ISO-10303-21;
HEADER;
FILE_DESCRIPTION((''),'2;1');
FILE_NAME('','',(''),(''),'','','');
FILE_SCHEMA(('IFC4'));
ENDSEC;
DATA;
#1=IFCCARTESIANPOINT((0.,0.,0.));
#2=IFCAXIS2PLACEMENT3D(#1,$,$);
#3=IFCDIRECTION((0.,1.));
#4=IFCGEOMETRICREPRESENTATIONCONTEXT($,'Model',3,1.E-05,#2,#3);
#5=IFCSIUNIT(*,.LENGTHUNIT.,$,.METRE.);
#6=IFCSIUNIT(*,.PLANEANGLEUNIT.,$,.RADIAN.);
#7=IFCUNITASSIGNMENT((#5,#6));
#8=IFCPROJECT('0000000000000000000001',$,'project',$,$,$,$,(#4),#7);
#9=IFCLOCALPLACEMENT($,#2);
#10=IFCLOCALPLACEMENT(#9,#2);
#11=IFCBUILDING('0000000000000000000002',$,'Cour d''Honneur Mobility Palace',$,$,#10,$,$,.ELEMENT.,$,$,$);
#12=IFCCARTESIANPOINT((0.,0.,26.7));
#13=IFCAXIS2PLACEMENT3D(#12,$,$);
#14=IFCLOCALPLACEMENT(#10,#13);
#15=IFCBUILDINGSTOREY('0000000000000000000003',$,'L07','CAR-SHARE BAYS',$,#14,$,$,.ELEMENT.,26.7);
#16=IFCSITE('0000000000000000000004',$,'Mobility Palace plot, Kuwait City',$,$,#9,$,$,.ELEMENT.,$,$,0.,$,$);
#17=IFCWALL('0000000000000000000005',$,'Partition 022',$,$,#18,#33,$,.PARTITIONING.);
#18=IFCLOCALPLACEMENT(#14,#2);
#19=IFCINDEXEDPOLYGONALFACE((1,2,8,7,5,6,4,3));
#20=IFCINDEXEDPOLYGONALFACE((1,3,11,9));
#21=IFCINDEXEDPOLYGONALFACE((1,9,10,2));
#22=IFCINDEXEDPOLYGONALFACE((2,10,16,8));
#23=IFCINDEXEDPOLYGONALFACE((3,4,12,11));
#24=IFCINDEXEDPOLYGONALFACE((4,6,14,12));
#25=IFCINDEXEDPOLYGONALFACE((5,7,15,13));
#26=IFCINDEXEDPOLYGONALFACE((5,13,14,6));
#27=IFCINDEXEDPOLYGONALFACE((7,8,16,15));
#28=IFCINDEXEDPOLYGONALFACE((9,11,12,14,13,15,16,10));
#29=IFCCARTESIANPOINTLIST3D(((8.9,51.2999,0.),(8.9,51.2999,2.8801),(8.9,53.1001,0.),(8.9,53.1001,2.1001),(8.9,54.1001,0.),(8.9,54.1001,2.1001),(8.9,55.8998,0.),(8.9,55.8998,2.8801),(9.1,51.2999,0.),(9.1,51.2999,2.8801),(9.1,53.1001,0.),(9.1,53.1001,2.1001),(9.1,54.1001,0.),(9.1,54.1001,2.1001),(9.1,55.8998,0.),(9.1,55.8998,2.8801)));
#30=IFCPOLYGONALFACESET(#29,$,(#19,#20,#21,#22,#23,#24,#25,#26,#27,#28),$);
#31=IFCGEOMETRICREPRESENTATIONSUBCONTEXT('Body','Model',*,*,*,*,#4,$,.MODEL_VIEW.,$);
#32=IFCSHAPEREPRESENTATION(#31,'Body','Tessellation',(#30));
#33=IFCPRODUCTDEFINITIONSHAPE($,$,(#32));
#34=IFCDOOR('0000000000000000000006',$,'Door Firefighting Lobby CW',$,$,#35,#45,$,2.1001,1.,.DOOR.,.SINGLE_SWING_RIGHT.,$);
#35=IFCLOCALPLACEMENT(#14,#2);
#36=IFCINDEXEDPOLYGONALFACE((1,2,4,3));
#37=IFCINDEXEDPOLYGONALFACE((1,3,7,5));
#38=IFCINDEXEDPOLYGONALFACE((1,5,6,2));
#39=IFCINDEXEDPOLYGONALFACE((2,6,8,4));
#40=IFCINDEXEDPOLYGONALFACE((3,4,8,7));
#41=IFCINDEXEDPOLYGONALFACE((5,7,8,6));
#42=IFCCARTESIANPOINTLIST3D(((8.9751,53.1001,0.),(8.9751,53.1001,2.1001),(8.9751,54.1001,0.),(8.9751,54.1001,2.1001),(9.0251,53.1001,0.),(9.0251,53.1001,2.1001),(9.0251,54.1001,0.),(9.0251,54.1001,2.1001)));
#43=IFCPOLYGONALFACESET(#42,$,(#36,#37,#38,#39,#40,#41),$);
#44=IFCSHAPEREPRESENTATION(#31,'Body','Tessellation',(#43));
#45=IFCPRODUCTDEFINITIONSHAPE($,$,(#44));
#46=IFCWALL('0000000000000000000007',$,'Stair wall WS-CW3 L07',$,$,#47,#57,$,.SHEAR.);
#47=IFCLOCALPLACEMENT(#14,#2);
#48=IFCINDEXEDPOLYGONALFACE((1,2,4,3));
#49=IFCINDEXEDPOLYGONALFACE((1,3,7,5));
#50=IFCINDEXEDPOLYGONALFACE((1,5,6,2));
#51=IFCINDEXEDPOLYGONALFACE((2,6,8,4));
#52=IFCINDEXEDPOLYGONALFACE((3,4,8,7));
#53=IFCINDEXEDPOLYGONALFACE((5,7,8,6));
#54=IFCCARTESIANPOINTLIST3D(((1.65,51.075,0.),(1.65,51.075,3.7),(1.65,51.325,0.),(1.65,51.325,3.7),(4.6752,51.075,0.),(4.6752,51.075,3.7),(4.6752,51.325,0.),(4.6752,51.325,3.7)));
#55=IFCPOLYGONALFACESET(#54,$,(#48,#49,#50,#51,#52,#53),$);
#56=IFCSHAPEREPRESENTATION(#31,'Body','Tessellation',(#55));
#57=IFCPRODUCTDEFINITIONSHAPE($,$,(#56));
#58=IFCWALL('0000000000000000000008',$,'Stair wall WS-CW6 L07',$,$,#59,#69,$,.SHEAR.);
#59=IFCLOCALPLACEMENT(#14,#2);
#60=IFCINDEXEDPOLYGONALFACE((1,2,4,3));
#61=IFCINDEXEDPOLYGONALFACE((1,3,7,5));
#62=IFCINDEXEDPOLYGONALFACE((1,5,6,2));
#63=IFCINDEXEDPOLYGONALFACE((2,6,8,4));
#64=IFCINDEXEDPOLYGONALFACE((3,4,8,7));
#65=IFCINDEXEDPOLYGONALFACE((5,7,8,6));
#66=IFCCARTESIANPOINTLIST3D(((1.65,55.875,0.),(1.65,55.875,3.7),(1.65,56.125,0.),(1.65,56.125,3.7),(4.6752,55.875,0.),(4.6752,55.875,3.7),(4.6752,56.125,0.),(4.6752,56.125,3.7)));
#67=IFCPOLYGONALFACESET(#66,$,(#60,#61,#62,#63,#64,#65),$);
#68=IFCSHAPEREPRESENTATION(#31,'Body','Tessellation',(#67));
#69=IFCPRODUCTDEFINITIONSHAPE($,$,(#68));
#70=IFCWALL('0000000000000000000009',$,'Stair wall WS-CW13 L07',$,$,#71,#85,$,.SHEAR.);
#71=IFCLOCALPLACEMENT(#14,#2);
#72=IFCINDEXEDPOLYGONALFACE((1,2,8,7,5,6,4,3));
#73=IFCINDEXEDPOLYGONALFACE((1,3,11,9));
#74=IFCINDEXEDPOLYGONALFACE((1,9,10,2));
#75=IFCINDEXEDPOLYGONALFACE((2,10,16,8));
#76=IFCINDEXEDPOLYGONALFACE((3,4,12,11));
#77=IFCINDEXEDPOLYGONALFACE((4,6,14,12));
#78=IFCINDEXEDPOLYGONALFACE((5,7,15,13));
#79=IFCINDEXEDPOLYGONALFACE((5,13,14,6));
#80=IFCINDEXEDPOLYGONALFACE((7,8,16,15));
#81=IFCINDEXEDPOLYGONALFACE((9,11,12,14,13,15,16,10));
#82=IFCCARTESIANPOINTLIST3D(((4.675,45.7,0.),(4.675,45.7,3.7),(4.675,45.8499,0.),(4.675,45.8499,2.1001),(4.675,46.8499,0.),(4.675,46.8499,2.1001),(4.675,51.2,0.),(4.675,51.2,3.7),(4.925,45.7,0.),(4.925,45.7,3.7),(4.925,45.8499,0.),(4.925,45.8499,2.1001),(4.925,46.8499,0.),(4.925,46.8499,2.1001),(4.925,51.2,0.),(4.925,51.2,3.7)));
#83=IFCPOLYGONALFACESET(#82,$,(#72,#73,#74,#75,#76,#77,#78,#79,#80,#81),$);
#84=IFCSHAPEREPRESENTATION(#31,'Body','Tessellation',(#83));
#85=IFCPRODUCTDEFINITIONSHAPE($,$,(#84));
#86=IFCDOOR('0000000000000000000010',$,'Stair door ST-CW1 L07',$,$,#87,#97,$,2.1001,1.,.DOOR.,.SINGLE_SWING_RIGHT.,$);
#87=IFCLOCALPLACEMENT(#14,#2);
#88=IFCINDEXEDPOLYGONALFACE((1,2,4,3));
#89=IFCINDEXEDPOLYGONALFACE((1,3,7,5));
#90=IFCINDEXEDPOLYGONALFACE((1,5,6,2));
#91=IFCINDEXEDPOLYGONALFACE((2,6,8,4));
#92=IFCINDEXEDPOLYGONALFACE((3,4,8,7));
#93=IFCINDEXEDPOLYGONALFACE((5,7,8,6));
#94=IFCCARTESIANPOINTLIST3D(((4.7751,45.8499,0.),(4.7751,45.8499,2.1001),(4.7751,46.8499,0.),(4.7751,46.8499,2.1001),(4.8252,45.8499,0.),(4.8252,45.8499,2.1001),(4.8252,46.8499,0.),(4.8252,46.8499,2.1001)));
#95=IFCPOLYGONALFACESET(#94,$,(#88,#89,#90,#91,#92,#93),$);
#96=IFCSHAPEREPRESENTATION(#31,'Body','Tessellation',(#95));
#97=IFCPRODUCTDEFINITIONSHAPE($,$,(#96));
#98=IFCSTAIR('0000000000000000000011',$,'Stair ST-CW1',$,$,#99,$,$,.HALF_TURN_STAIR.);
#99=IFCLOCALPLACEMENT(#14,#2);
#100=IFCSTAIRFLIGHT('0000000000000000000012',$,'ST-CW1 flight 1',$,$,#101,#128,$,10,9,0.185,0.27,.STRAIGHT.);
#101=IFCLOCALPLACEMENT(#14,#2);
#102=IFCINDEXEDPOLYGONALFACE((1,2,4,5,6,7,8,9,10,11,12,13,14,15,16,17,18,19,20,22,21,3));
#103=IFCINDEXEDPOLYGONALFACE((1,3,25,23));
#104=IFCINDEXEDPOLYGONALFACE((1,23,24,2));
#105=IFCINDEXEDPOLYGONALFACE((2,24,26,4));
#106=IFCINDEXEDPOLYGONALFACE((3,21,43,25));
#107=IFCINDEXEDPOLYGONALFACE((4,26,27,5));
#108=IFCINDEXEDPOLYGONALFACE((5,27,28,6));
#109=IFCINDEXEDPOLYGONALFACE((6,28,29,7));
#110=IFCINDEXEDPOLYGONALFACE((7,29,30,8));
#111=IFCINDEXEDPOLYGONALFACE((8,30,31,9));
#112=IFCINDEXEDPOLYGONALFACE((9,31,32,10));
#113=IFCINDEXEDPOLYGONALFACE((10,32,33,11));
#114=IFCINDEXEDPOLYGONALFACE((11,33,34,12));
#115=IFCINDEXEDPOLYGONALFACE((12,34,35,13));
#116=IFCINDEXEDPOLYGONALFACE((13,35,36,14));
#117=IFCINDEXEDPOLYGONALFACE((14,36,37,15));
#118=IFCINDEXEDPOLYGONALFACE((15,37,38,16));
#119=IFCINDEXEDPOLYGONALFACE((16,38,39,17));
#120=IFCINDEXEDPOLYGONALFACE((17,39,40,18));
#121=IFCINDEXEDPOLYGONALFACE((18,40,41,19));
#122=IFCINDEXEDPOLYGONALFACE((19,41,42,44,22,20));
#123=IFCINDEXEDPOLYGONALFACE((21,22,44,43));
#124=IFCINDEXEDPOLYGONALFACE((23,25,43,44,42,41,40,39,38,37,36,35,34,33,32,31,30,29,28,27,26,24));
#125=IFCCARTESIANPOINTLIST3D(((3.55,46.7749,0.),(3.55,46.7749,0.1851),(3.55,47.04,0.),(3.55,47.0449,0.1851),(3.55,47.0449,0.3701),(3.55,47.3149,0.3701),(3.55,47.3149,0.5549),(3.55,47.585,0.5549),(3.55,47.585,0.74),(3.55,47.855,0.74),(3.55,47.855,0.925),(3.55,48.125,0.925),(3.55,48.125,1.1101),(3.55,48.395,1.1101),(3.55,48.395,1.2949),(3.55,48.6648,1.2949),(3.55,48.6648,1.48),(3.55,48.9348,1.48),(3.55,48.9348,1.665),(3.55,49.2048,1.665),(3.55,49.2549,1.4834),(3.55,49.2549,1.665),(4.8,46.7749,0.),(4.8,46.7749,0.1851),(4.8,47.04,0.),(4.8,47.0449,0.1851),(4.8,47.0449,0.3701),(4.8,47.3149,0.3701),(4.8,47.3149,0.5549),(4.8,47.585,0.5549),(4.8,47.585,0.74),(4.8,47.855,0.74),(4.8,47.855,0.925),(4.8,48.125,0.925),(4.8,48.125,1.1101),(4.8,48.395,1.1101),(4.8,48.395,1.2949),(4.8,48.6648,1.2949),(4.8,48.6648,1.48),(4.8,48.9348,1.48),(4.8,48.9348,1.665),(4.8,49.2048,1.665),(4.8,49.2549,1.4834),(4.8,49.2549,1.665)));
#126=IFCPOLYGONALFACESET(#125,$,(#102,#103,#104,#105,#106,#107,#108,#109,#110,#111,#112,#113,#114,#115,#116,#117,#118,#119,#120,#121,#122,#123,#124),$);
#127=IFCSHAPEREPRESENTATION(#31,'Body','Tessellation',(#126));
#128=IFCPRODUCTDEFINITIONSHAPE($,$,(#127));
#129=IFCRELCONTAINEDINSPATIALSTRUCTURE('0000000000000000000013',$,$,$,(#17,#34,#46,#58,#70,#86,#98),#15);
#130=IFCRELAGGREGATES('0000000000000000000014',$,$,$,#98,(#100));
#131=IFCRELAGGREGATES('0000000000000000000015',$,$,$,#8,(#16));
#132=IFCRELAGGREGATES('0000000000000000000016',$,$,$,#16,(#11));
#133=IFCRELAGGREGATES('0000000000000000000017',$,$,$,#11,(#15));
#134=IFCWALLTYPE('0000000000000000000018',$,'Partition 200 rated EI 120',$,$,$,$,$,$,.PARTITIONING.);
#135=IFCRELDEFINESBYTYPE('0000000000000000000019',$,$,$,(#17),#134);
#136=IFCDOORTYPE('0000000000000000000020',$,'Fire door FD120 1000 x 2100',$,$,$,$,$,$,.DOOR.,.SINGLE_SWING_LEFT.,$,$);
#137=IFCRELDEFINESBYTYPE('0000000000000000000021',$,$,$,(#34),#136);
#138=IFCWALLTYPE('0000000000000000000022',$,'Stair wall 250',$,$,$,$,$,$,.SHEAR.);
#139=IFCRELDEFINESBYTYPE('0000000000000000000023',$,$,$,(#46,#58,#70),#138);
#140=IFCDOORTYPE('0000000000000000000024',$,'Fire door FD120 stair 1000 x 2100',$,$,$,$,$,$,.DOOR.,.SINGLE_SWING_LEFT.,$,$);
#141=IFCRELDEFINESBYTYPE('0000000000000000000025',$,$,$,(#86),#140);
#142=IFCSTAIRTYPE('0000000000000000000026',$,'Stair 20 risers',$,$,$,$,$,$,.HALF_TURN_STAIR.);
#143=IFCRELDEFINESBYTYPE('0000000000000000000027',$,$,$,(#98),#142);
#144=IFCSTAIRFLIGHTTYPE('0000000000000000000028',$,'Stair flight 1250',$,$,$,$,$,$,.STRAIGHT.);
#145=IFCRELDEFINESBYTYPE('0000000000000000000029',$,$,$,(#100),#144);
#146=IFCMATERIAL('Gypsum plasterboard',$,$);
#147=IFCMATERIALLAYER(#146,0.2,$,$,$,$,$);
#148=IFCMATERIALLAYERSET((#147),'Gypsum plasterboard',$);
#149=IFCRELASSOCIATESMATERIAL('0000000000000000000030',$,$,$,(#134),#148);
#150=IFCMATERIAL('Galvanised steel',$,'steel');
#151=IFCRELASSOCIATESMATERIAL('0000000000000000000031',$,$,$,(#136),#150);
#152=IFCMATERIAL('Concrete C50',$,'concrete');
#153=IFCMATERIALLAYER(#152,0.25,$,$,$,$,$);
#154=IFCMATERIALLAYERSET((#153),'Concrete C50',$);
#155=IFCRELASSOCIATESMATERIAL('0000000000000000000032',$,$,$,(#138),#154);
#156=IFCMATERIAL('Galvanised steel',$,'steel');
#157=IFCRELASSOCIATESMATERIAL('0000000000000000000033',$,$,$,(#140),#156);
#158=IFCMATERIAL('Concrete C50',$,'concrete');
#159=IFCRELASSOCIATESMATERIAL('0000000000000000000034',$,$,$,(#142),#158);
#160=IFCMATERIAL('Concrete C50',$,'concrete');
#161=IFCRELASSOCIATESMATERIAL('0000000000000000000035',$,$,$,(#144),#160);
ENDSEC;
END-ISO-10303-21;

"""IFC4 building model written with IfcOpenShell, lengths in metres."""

from ifc_helpers import new_model, si_unit, direction, frame, frame_2d, origin, place, context, subcontext, project, spatial, polyline, rectangle, outline, extrude, material, layer, layer_set, type_object, element, fill, aggregate, save


model = new_model("IFC4")

# Units and contexts
model_context = context("Model", 3, precision=1e-05, world=origin(), true_north=direction((0.0, 1.0)))
body_context = subcontext(model_context, "Body", "Model", "MODEL_VIEW")
ifc_project = project(units=[si_unit("LENGTHUNIT", "METRE"), si_unit("PLANEANGLEUNIT", "RADIAN")], contexts=[model_context])

# Site, building, storey
site_placement = place(None, origin())
site = spatial("IfcSite", under=ifc_project, at=site_placement, Name="Mobility Palace plot, Kuwait City", CompositionType="ELEMENT", RefElevation=0.0)
building_placement = place(site_placement, origin())
building = spatial("IfcBuilding", under=site, at=building_placement, Name="Cour d'Honneur Mobility Palace", CompositionType="ELEMENT")
storey_placement = place(building_placement, frame((0.0, 0.0, 26.7)))
storey = spatial("IfcBuildingStorey", under=building, at=storey_placement, Name="L07", Description="CAR-SHARE BAYS", CompositionType="ELEMENT", Elevation=26.7)

# Shared definitions
ifc_material_1 = material(Name="Gypsum plasterboard")
ifc_layer_1 = layer(ifc_material_1, 0.2)
ifc_layer_set_1 = layer_set([ifc_layer_1], Name="Gypsum plasterboard")
wall_type_1 = type_object("IfcWallType", Name="Partition 200 rated EI 120", PredefinedType="PARTITIONING", material=ifc_layer_set_1)

# Wall, opening, door
wall_1_placement = place(storey_placement, frame((9.0, 51.3, 0.0), z_axis=(0.0, 0.0, 1.0), x_axis=(0.0, 1.0, 0.0)))
wall_1 = element("IfcWall", 1, at=wall_1_placement, inside=storey, type_object=wall_type_1, Name="Partition 022", PredefinedType="PARTITIONING", context=body_context, shape_type="SweptSolid", body=[
    extrude(rectangle(XDim=4.5999, YDim=0.2, at=frame_2d((2.2998, 0.0))), origin(), (0.0, 0.0, 1.0), 2.8801),
])
opening_1_placement = place(wall_1_placement, frame((1.8, 0.0, 0.0)))
opening_1 = element("IfcOpeningElement", 2, at=opening_1_placement, cuts=wall_1, PredefinedType="OPENING", context=body_context, shape_type="SweptSolid", body=[
    extrude(rectangle(XDim=1.0, YDim=2.1001, at=frame_2d((0.5, 1.05))), frame((0.0, 0.1099, 0.0), z_axis=(0.0, -1.0, 0.0), x_axis=(1.0, 0.0, 0.0)), (0.0, 0.0, 1.0), 0.22),
])
ifc_material_2 = material(Name="Galvanised steel", Category="steel")
door_type_1 = type_object("IfcDoorType", Name="Fire door FD120 1000 x 2100", OperationType="SINGLE_SWING_LEFT", PredefinedType="DOOR", material=ifc_material_2)
door_1_placement = place(opening_1_placement, origin())
door_1 = element("IfcDoor", 3, at=door_1_placement, inside=storey, type_object=door_type_1, Name="Door Firefighting Lobby CW", OperationType="SINGLE_SWING_RIGHT", OverallHeight=2.1001, OverallWidth=1.0, PredefinedType="DOOR", context=body_context, shape_type="SweptSolid", body=[
    extrude(rectangle(XDim=1.0, YDim=2.1001, at=frame_2d((0.5, 1.05))), frame((0.0, 0.0249, 0.0), z_axis=(0.0, -1.0, 0.0), x_axis=(1.0, 0.0, 0.0)), (0.0, 0.0, 1.0), 0.05),
])
fill(opening_1, door_1)

# Walls
ifc_material_3 = material(Name="Concrete C50", Category="concrete")
ifc_layer_2 = layer(ifc_material_3, 0.25)
ifc_layer_set_2 = layer_set([ifc_layer_2], Name="Concrete C50")
wall_type_2 = type_object("IfcWallType", Name="Stair wall 250", PredefinedType="SHEAR", material=ifc_layer_set_2)
for number, where, z_axis, x_axis, name in (
    (4, (1.6499, 51.2, 0.0), (0.0, 0.0, 1.0), (1.0, 0.0, 0.0), "Stair wall WS-CW3 L07"),
    (5, (1.6499, 56.0, 0.0), (0.0, 0.0, 1.0), (1.0, 0.0, 0.0), "Stair wall WS-CW6 L07"),
):
    element("IfcWall", number, at=place(storey_placement, frame(where, z_axis=z_axis, x_axis=x_axis)), inside=storey, type_object=wall_type_2, Name=name, PredefinedType="SHEAR", context=body_context, shape_type="SweptSolid", body=[
        extrude(rectangle(XDim=3.0251, YDim=0.25, at=frame_2d((1.5127, 0.0))), origin(), (0.0, 0.0, 1.0), 3.7),
    ])

# Wall, opening, door
wall_2_placement = place(storey_placement, frame((4.8, 45.7, 0.0), z_axis=(0.0, 0.0, 1.0), x_axis=(0.0, 1.0, 0.0)))
wall_2 = element("IfcWall", 6, at=wall_2_placement, inside=storey, type_object=wall_type_2, Name="Stair wall WS-CW13 L07", PredefinedType="SHEAR", context=body_context, shape_type="SweptSolid", body=[
    extrude(rectangle(XDim=5.5, YDim=0.25, at=frame_2d((2.75, 0.0))), origin(), (0.0, 0.0, 1.0), 3.7),
])
opening_2_placement = place(wall_2_placement, frame((0.1499, 0.0, 0.0)))
opening_2 = element("IfcOpeningElement", 7, at=opening_2_placement, cuts=wall_2, PredefinedType="OPENING", context=body_context, shape_type="SweptSolid", body=[
    extrude(rectangle(XDim=1.0, YDim=2.1001, at=frame_2d((0.5, 1.05))), frame((0.0, 0.135, 0.0), z_axis=(0.0, -1.0, 0.0), x_axis=(1.0, 0.0, 0.0)), (0.0, 0.0, 1.0), 0.27),
])
ifc_material_4 = material(Name="Galvanised steel", Category="steel")
door_type_2 = type_object("IfcDoorType", Name="Fire door FD120 stair 1000 x 2100", OperationType="SINGLE_SWING_LEFT", PredefinedType="DOOR", material=ifc_material_4)
door_2_placement = place(opening_2_placement, origin())
door_2 = element("IfcDoor", 8, at=door_2_placement, inside=storey, type_object=door_type_2, Name="Stair door ST-CW1 L07", OperationType="SINGLE_SWING_RIGHT", OverallHeight=2.1001, OverallWidth=1.0, PredefinedType="DOOR", context=body_context, shape_type="SweptSolid", body=[
    extrude(rectangle(XDim=1.0, YDim=2.1001, at=frame_2d((0.5, 1.05))), frame((0.0, 0.0249, 0.0), z_axis=(0.0, -1.0, 0.0), x_axis=(1.0, 0.0, 0.0)), (0.0, 0.0, 1.0), 0.05),
])
fill(opening_2, door_2)

# Stair, stair flight
ifc_material_5 = material(Name="Concrete C50", Category="concrete")
stair_type = type_object("IfcStairType", Name="Stair 20 risers", PredefinedType="HALF_TURN_STAIR", material=ifc_material_5)
stair_placement = place(storey_placement, origin())
stair = element("IfcStair", 9, at=stair_placement, inside=storey, type_object=stair_type, Name="Stair ST-CW1", PredefinedType="HALF_TURN_STAIR")
ifc_material_6 = material(Name="Concrete C50", Category="concrete")
stair_flight_type = type_object("IfcStairFlightType", Name="Stair flight 1250", PredefinedType="STRAIGHT", material=ifc_material_6)
stair_flight_placement = place(storey_placement, frame((4.175, 46.7749, 0.0), z_axis=(0.0, 0.0, 1.0), x_axis=(0.0, 1.0, 0.0)))
stair_flight = element("IfcStairFlight", 10, at=stair_flight_placement, type_object=stair_flight_type, Name="ST-CW1 flight 1", NumberOfRisers=10, NumberOfTreads=9, PredefinedType="STRAIGHT", RiserHeight=0.185, TreadLength=0.27, context=body_context, shape_type="SweptSolid", body=[
    extrude(outline(polyline([(0.0, 0.0), (0.0, 0.1851), (0.27, 0.1851), (0.27, 0.3701), (0.54, 0.3701), (0.54, 0.5549), (0.8101, 0.5549), (0.8101, 0.74), (1.0801, 0.74), (1.0801, 0.925), (1.3501, 0.925), (1.3501, 1.1101), (1.6201, 1.1101), (1.6201, 1.2949), (1.8899, 1.2949), (1.8899, 1.48), (2.1599, 1.48), (2.1599, 1.665), (2.4299, 1.665), (2.48, 1.665), (2.48, 1.4834), (0.2651, 0.0), (0.0, 0.0)])), frame((0.0, 0.625, 0.0), z_axis=(0.0, -1.0, 0.0), x_axis=(1.0, 0.0, 0.0)), (0.0, 0.0, 1.0), 1.25),
])
aggregate(stair, [stair_flight])

save(model, "model.ifc")
